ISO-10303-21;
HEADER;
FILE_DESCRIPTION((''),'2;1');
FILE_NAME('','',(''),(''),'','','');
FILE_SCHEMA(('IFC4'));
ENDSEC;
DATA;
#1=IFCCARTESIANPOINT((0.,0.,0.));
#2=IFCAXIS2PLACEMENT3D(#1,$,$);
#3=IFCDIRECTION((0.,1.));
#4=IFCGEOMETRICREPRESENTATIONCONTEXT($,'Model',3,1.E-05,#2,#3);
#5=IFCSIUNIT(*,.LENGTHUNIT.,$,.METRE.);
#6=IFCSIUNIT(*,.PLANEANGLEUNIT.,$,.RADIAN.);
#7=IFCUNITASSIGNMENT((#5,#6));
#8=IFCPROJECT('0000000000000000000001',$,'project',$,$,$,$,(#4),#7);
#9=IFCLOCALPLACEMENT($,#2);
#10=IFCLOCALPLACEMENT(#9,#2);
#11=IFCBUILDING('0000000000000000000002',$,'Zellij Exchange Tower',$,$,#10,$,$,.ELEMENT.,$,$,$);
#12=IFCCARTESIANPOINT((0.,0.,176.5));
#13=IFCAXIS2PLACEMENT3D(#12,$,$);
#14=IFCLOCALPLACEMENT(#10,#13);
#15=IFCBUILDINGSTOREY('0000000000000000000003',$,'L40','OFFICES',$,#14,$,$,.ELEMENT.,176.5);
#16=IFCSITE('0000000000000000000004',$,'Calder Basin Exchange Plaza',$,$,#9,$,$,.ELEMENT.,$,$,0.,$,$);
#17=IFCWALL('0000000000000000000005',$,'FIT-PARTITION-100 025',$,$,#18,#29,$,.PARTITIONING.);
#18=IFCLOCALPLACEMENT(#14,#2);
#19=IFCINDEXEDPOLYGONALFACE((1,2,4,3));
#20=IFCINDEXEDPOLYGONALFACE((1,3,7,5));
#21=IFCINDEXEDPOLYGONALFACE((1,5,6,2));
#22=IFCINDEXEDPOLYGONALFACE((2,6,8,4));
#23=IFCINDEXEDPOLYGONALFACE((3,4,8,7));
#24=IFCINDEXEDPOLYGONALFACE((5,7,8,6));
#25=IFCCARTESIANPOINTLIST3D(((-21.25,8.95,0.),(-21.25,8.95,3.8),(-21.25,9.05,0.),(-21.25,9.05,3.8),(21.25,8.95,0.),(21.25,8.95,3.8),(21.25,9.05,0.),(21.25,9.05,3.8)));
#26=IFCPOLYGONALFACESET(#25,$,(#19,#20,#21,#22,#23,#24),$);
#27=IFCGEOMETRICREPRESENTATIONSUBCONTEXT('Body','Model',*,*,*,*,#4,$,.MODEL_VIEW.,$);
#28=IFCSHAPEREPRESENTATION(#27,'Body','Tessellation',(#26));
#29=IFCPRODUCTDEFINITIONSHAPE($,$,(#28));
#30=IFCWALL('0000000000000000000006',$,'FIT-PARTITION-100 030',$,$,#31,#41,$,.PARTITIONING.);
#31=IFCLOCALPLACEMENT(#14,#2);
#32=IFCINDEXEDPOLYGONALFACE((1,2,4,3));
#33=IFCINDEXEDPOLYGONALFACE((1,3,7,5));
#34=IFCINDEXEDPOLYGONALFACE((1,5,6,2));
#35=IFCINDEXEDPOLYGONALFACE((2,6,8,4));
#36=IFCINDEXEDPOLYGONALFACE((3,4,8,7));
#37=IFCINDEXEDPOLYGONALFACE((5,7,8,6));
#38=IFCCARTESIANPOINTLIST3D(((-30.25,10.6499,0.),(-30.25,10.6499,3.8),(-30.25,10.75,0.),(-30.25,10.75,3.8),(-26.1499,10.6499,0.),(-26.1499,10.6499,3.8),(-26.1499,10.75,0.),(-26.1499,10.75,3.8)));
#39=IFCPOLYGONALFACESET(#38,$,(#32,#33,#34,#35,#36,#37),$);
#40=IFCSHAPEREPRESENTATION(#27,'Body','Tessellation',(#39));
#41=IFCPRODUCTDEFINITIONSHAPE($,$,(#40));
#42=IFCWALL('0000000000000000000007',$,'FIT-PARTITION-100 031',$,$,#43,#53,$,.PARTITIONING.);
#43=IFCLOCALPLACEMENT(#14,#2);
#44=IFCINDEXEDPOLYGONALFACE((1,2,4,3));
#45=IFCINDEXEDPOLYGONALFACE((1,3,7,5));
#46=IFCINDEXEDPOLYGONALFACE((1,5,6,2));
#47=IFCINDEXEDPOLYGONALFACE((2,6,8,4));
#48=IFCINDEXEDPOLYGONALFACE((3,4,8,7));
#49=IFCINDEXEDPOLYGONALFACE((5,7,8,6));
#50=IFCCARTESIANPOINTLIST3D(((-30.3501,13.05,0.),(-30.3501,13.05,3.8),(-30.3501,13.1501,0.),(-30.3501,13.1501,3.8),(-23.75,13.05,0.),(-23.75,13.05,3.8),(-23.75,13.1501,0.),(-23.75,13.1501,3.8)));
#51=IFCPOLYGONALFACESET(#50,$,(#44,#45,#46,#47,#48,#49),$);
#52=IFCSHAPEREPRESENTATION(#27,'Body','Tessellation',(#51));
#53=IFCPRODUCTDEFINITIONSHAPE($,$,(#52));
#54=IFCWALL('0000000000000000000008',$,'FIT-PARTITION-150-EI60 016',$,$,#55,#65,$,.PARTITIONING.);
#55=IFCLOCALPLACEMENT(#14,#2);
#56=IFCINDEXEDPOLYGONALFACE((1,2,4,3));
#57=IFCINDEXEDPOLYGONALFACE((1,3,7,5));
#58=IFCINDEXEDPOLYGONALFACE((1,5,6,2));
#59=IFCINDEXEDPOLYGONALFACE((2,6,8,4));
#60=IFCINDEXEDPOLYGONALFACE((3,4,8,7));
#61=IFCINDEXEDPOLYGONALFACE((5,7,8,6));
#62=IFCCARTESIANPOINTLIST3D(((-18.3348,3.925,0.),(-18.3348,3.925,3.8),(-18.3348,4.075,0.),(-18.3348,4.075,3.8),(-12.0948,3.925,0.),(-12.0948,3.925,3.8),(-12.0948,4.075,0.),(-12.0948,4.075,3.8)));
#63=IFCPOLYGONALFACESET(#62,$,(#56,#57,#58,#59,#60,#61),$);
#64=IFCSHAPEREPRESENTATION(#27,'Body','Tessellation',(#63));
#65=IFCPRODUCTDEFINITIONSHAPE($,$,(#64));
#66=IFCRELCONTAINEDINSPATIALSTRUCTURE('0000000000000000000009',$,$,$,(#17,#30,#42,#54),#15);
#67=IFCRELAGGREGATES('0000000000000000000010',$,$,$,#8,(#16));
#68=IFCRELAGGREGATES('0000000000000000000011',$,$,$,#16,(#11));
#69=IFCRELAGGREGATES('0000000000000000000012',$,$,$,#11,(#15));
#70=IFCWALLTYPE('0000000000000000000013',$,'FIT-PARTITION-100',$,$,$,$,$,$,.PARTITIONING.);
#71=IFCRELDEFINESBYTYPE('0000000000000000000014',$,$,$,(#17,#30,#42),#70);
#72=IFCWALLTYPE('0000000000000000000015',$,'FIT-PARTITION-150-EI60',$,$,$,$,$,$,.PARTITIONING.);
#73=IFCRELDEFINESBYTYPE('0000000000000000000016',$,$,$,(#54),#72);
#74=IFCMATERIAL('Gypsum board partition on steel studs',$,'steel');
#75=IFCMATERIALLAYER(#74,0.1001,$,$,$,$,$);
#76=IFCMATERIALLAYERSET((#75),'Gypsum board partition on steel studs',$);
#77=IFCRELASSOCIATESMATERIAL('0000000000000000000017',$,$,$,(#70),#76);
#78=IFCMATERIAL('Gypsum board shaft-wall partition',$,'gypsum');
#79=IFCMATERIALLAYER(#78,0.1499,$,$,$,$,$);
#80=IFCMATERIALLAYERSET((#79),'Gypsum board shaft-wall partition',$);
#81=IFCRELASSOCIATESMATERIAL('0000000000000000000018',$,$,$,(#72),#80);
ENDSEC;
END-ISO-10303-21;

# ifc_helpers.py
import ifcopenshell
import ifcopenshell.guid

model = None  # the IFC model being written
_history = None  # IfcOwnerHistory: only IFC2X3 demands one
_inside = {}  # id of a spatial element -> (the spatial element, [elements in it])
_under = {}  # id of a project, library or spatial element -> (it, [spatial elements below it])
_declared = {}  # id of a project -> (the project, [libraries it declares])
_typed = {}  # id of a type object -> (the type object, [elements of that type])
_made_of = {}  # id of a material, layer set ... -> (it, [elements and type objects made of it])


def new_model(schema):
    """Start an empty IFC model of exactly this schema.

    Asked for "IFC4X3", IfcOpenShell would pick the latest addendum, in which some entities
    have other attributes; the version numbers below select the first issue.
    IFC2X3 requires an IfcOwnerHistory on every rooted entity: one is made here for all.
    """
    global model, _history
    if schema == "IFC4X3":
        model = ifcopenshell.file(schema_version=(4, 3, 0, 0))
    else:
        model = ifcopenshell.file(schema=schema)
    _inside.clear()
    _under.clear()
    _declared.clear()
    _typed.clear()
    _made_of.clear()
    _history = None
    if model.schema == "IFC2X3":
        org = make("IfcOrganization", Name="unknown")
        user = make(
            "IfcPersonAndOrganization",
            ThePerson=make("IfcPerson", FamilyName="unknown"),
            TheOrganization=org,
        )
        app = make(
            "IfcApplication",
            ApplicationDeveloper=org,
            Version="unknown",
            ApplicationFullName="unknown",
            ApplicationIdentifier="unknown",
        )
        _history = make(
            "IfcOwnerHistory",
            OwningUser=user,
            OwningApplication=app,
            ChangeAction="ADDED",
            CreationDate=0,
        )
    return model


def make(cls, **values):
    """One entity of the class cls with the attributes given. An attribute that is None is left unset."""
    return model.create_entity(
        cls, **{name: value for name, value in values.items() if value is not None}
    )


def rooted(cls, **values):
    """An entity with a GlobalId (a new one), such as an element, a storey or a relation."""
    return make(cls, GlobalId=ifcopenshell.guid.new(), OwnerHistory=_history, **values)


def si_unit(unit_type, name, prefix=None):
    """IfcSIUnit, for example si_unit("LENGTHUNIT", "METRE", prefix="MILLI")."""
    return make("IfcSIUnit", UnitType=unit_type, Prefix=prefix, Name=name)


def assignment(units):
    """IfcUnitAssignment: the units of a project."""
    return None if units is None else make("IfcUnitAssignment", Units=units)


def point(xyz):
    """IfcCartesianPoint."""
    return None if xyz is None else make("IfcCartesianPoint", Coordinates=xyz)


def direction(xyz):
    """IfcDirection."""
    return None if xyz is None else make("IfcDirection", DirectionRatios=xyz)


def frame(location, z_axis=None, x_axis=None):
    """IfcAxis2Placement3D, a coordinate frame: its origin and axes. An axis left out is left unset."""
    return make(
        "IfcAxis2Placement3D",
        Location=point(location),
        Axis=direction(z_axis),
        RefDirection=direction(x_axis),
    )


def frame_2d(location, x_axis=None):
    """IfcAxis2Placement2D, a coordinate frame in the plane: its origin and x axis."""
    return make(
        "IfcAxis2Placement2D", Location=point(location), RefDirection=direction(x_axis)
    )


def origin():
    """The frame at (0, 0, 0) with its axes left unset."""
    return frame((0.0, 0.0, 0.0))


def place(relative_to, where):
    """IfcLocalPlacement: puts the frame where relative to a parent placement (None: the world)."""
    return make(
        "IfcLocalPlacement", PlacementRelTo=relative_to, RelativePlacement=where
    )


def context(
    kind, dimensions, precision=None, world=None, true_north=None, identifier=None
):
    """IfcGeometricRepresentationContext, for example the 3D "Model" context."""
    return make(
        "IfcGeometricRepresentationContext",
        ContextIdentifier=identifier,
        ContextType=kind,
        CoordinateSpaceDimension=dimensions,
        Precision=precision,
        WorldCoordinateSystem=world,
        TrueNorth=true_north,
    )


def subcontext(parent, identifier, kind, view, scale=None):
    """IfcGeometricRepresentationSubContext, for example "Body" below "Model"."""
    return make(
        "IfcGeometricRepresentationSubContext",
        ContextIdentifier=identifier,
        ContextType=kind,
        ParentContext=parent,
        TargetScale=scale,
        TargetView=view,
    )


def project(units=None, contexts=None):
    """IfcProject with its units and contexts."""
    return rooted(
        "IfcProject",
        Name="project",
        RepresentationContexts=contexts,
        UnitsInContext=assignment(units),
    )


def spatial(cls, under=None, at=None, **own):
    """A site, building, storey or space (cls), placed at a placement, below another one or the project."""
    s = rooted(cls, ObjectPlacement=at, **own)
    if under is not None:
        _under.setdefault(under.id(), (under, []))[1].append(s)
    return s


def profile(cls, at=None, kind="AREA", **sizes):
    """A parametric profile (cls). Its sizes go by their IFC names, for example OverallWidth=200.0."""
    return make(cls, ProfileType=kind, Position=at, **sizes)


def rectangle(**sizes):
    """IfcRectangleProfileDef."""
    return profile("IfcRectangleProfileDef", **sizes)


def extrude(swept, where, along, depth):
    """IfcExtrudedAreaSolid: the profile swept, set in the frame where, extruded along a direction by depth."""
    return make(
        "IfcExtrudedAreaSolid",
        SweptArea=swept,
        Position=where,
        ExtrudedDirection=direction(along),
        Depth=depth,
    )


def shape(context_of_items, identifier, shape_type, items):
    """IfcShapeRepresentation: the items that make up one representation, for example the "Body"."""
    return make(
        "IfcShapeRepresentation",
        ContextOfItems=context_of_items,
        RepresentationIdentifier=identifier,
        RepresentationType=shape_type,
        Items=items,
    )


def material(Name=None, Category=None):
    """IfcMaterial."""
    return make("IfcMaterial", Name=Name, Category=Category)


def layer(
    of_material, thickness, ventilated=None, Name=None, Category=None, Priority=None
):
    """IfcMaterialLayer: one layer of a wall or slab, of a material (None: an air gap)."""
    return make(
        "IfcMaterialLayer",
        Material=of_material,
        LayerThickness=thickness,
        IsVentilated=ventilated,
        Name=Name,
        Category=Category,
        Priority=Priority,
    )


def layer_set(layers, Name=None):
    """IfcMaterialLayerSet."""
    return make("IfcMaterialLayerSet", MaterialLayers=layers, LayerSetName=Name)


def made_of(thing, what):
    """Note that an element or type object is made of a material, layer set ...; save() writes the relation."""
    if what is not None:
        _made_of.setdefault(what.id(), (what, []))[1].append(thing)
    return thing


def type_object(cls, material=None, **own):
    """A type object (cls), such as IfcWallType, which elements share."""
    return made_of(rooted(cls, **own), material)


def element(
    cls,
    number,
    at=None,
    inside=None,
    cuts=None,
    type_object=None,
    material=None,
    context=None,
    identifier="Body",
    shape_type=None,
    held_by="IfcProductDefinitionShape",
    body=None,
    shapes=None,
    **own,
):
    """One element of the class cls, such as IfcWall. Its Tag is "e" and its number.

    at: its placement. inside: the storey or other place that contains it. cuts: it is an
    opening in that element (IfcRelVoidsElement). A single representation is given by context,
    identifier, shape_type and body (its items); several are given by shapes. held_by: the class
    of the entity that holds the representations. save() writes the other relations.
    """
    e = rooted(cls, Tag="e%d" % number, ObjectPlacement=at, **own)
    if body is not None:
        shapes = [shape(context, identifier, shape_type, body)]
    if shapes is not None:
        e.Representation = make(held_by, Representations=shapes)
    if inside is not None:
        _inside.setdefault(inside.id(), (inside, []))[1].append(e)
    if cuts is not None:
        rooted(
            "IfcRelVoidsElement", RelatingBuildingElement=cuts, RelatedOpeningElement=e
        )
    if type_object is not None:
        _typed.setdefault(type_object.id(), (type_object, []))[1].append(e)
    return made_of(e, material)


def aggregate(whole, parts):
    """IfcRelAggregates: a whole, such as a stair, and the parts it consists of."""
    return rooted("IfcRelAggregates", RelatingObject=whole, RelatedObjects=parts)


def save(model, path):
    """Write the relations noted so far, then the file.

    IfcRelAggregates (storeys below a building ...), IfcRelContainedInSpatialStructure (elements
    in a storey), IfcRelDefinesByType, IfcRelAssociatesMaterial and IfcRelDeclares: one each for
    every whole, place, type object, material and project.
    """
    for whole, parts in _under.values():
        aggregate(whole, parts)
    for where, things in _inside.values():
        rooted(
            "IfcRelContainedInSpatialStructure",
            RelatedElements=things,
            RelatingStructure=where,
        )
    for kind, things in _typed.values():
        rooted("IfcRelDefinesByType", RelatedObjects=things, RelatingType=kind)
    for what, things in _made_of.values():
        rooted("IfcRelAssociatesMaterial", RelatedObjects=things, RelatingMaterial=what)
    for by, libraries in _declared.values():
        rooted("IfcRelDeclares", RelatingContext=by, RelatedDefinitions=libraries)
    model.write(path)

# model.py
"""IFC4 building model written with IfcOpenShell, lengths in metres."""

from ifc_helpers import new_model, si_unit, direction, frame, frame_2d, origin, place, context, subcontext, project, spatial, rectangle, extrude, material, layer, layer_set, type_object, element, save


model = new_model("IFC4")

# Units and contexts
model_context = context("Model", 3, precision=1e-05, world=origin(), true_north=direction((0.0, 1.0)))
body_context = subcontext(model_context, "Body", "Model", "MODEL_VIEW")
ifc_project = project(units=[si_unit("LENGTHUNIT", "METRE"), si_unit("PLANEANGLEUNIT", "RADIAN")], contexts=[model_context])

# Site, building, storey
site_placement = place(None, origin())
site = spatial("IfcSite", under=ifc_project, at=site_placement, Name="Calder Basin Exchange Plaza", CompositionType="ELEMENT", RefElevation=0.0)
building_placement = place(site_placement, origin())
building = spatial("IfcBuilding", under=site, at=building_placement, Name="Zellij Exchange Tower", CompositionType="ELEMENT")
storey_placement = place(building_placement, frame((0.0, 0.0, 176.5)))
storey = spatial("IfcBuildingStorey", under=building, at=storey_placement, Name="L40", Description="OFFICES", CompositionType="ELEMENT", Elevation=176.5)

# Shared definitions
ifc_material_1 = material(Name="Gypsum board partition on steel studs", Category="steel")
ifc_layer_1 = layer(ifc_material_1, 0.1001)
ifc_layer_set_1 = layer_set([ifc_layer_1], Name="Gypsum board partition on steel studs")
wall_type_1 = type_object("IfcWallType", Name="FIT-PARTITION-100", PredefinedType="PARTITIONING", material=ifc_layer_set_1)

# Walls
wall_1_placement = place(storey_placement, frame((-21.25, 9.0, 0.0), z_axis=(0.0, 0.0, 1.0), x_axis=(1.0, 0.0, 0.0)))
element("IfcWall", 1, at=wall_1_placement, inside=storey, type_object=wall_type_1, Name="FIT-PARTITION-100 025", PredefinedType="PARTITIONING", context=body_context, shape_type="SweptSolid", body=[
    extrude(rectangle(XDim=42.5, YDim=0.1001, at=frame_2d((21.25, 0.0))), origin(), (0.0, 0.0, 1.0), 3.8),
])
wall_2_placement = place(storey_placement, frame((-30.25, 10.7, 0.0), z_axis=(0.0, 0.0, 1.0), x_axis=(1.0, 0.0, 0.0)))
element("IfcWall", 2, at=wall_2_placement, inside=storey, type_object=wall_type_1, Name="FIT-PARTITION-100 030", PredefinedType="PARTITIONING", context=body_context, shape_type="SweptSolid", body=[
    extrude(rectangle(XDim=4.1001, YDim=0.1001, at=frame_2d((2.05, 0.0))), origin(), (0.0, 0.0, 1.0), 3.8),
])
wall_3_placement = place(storey_placement, frame((-30.3501, 13.1001, 0.0), z_axis=(0.0, 0.0, 1.0), x_axis=(1.0, 0.0, 0.0)))
element("IfcWall", 3, at=wall_3_placement, inside=storey, type_object=wall_type_1, Name="FIT-PARTITION-100 031", PredefinedType="PARTITIONING", context=body_context, shape_type="SweptSolid", body=[
    extrude(rectangle(XDim=6.6001, YDim=0.1001, at=frame_2d((3.3, 0.0))), origin(), (0.0, 0.0, 1.0), 3.8),
])
ifc_material_2 = material(Name="Gypsum board shaft-wall partition", Category="gypsum")
ifc_layer_2 = layer(ifc_material_2, 0.1499)
ifc_layer_set_2 = layer_set([ifc_layer_2], Name="Gypsum board shaft-wall partition")
wall_type_2 = type_object("IfcWallType", Name="FIT-PARTITION-150-EI60", PredefinedType="PARTITIONING", material=ifc_layer_set_2)
wall_4_placement = place(storey_placement, frame((-18.335, 4.0, 0.0), z_axis=(0.0, 0.0, 1.0), x_axis=(1.0, 0.0, 0.0)))
element("IfcWall", 4, at=wall_4_placement, inside=storey, type_object=wall_type_2, Name="FIT-PARTITION-150-EI60 016", PredefinedType="PARTITIONING", context=body_context, shape_type="SweptSolid", body=[
    extrude(rectangle(XDim=6.24, YDim=0.1499, at=frame_2d((3.1201, 0.0))), origin(), (0.0, 0.0, 1.0), 3.8),
])

save(model, "model.ifc")
